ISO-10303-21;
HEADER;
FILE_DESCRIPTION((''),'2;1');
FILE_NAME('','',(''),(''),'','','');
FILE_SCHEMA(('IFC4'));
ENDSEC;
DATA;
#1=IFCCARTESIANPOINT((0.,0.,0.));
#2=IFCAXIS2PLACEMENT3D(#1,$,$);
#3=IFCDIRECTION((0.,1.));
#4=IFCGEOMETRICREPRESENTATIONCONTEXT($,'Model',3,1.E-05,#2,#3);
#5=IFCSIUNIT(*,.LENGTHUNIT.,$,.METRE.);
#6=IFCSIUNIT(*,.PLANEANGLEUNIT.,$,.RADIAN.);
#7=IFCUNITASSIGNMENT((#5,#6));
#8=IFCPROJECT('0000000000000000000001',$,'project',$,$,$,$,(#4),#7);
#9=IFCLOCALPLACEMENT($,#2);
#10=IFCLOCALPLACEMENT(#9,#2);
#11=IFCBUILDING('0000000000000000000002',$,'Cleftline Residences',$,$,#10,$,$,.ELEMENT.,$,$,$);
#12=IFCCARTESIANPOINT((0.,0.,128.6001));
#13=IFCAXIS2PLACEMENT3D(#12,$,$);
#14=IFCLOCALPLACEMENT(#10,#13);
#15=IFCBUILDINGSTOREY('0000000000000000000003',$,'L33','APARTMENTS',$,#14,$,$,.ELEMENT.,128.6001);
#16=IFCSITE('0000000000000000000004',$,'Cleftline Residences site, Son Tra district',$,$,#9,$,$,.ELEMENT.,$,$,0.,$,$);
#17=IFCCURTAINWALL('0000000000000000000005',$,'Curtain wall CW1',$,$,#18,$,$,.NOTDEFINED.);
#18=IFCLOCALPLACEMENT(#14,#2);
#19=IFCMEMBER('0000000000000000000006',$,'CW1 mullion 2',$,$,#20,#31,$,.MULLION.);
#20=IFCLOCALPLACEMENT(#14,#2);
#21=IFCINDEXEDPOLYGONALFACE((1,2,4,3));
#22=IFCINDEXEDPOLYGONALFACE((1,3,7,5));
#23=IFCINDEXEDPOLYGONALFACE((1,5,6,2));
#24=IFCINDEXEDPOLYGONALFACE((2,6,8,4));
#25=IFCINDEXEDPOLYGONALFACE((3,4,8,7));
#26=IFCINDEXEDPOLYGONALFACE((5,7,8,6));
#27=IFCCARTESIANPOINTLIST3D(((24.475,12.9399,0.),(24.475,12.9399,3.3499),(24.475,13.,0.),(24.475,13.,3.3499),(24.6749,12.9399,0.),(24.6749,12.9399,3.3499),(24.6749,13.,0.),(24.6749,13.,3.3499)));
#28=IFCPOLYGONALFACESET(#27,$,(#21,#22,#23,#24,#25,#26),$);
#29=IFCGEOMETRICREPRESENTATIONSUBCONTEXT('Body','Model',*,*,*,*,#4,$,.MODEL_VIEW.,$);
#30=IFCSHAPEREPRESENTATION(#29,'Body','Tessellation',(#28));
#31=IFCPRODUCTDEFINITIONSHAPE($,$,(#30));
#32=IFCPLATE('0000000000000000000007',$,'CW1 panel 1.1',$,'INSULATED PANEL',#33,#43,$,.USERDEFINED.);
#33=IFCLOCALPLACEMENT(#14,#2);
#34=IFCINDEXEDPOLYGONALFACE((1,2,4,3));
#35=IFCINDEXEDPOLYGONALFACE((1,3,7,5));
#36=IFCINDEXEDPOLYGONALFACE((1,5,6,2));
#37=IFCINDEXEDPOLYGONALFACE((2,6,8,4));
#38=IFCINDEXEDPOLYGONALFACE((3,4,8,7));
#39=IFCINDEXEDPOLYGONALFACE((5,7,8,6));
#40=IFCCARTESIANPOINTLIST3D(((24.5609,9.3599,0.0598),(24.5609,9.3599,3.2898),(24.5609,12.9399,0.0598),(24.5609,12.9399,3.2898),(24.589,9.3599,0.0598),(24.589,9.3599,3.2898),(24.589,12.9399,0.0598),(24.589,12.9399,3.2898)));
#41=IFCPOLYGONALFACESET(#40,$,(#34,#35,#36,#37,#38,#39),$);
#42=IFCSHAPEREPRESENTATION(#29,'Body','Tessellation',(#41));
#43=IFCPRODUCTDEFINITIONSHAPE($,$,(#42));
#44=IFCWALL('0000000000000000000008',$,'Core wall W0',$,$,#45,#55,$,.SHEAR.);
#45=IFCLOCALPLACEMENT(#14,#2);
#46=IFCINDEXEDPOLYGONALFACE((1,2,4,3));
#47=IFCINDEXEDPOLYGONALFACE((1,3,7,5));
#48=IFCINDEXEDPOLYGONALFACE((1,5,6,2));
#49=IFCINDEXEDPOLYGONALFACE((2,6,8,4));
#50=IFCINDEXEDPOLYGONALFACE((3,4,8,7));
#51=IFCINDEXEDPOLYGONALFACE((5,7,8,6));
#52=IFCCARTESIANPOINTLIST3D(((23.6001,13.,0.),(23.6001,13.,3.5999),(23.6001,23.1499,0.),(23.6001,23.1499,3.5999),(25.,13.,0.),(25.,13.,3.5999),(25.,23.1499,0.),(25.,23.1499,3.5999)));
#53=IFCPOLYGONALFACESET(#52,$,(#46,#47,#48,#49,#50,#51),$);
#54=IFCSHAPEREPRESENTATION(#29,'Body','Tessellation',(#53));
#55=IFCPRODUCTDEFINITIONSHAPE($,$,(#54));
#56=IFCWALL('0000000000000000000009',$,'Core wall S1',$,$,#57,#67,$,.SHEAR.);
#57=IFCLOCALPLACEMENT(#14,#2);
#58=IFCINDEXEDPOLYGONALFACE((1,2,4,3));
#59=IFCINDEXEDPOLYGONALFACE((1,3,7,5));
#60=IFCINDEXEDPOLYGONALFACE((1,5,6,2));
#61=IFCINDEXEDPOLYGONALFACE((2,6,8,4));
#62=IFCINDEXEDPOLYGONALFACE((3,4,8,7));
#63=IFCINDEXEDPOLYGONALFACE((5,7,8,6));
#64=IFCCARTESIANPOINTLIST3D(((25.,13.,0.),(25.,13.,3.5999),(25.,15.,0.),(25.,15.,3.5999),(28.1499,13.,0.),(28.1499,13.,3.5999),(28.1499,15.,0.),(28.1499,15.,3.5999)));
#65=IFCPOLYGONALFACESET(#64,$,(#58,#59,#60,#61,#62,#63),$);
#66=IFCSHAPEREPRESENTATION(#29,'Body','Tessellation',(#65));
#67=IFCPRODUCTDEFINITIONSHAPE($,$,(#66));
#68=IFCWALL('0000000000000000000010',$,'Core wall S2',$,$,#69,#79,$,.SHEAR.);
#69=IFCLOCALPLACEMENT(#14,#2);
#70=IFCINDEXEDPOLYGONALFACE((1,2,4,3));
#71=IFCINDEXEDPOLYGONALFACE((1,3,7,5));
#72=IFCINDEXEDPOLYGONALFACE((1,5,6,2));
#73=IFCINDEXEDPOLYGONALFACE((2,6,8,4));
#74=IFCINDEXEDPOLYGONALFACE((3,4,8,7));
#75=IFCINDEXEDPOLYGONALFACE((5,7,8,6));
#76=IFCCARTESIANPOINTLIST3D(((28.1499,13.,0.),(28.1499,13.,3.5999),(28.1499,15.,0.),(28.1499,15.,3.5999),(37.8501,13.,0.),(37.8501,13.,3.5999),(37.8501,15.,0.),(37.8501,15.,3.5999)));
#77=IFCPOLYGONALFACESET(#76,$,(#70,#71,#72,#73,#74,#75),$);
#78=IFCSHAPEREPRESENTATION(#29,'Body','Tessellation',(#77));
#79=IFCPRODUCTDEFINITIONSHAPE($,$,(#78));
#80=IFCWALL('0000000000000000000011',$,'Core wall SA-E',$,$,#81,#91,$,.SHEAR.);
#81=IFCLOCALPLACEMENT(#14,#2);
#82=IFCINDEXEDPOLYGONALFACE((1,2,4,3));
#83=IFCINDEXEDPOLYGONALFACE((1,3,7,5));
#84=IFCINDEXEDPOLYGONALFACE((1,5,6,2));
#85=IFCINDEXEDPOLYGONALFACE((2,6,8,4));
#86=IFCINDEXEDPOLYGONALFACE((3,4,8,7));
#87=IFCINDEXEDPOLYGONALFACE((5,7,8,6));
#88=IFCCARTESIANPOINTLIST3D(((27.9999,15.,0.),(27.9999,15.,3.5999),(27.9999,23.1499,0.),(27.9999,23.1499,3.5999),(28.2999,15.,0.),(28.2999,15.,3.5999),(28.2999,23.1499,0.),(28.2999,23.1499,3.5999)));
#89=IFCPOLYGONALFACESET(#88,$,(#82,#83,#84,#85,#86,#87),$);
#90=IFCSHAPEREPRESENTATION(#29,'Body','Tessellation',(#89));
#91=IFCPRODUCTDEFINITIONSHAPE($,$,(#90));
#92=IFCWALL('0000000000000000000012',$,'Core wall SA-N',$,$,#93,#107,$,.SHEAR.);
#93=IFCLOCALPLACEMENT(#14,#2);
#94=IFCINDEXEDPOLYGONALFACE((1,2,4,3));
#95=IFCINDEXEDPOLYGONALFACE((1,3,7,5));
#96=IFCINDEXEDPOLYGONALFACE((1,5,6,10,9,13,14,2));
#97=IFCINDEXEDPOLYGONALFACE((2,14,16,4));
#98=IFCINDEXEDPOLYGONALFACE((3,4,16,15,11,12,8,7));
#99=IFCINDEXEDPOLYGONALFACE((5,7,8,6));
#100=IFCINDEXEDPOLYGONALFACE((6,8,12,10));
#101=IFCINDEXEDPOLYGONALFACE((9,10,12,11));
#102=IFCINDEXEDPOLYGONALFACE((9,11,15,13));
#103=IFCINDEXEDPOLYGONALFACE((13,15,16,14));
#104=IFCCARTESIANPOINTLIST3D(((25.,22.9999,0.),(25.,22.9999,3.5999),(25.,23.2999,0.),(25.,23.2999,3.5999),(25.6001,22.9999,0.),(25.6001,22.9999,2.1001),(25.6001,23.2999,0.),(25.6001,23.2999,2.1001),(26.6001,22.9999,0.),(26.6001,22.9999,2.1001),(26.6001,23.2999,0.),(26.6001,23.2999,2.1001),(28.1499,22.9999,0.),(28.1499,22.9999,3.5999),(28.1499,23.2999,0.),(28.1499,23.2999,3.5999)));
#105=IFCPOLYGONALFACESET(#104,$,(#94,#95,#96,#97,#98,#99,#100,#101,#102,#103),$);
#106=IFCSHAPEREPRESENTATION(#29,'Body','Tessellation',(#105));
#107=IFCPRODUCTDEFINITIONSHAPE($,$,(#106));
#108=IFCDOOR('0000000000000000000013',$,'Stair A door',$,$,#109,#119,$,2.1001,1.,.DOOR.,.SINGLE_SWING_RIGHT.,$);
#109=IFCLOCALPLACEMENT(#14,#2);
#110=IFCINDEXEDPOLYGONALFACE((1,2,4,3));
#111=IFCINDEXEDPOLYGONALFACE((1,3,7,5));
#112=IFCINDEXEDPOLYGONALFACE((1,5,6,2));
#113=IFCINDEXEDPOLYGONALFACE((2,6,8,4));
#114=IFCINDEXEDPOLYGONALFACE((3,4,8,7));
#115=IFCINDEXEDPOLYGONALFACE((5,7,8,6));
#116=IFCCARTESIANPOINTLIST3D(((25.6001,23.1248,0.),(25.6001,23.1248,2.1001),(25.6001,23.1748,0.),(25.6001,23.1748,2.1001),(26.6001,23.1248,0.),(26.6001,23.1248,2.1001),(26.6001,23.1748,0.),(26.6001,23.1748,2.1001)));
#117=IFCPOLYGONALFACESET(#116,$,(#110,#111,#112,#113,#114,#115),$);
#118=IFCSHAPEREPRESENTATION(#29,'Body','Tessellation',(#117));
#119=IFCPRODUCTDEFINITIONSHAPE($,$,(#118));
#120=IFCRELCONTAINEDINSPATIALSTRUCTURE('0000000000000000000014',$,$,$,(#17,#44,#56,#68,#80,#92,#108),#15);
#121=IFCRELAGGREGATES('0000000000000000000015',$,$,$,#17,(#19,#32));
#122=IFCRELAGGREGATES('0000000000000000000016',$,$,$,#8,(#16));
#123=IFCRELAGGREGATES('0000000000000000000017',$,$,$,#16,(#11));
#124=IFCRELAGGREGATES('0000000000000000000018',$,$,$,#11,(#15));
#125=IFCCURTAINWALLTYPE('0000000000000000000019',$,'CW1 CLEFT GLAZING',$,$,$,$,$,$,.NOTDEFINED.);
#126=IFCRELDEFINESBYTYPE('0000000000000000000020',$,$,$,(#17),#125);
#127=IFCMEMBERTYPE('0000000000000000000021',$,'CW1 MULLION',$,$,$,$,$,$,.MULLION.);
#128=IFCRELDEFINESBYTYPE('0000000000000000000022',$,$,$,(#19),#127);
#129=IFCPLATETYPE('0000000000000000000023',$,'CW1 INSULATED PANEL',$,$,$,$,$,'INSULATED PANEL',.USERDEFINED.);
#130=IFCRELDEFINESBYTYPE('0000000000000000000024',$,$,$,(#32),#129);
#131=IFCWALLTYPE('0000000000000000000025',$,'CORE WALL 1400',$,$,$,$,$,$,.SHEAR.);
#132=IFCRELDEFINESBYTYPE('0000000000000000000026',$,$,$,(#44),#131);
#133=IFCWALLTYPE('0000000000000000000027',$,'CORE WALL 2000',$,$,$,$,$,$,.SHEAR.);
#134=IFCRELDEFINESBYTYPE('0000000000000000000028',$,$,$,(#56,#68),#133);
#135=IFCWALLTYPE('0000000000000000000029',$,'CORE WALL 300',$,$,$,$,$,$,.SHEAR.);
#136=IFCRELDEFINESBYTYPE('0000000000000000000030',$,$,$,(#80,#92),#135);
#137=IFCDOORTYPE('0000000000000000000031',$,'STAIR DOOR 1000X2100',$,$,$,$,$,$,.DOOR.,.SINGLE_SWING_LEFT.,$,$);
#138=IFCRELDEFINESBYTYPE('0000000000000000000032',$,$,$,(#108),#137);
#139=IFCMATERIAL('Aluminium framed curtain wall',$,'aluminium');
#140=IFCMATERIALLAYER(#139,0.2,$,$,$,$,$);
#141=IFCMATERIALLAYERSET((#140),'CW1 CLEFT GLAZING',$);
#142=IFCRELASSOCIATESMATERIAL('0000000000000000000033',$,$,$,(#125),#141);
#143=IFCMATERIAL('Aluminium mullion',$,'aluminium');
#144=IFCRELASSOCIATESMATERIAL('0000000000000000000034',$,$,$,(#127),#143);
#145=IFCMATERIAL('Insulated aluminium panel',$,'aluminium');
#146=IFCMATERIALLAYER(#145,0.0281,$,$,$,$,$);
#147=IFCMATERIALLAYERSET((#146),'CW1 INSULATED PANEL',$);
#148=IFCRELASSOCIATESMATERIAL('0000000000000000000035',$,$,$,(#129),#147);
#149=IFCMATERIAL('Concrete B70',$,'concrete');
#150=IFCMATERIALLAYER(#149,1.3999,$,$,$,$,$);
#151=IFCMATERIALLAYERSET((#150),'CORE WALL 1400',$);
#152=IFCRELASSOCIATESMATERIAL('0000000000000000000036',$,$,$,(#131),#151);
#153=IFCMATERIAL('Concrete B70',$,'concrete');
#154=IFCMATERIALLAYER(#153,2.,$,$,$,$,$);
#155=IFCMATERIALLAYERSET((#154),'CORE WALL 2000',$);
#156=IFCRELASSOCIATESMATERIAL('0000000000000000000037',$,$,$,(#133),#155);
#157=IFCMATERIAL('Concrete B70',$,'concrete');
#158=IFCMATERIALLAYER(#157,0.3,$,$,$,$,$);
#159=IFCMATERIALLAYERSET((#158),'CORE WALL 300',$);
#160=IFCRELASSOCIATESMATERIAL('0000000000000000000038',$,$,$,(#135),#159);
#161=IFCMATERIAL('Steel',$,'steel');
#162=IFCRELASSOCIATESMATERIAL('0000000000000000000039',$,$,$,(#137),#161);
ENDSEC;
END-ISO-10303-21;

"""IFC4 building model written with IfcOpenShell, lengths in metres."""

from ifc_helpers import new_model, si_unit, direction, frame, frame_2d, origin, origin_2d, place, context, subcontext, project, spatial, rectangle, extrude, material, layer, layer_set, material_profile, profile_set, type_object, element, fill, aggregate, save


model = new_model("IFC4")

# Units and contexts
model_context = context("Model", 3, precision=1e-05, world=origin(), true_north=direction((0.0, 1.0)))
body_context = subcontext(model_context, "Body", "Model", "MODEL_VIEW")
ifc_project = project(units=[si_unit("LENGTHUNIT", "METRE"), si_unit("PLANEANGLEUNIT", "RADIAN")], contexts=[model_context])

# Site, building, storey
site_placement = place(None, origin())
site = spatial("IfcSite", under=ifc_project, at=site_placement, Name="Cleftline Residences site, Son Tra district", CompositionType="ELEMENT", RefElevation=0.0)
building_placement = place(site_placement, origin())
building = spatial("IfcBuilding", under=site, at=building_placement, Name="Cleftline Residences", CompositionType="ELEMENT")
storey_placement = place(building_placement, frame((0.0, 0.0, 128.6001)))
storey = spatial("IfcBuildingStorey", under=building, at=storey_placement, Name="L33", Description="APARTMENTS", CompositionType="ELEMENT", Elevation=128.6001)

# Curtain wall, member, plate
ifc_material_1 = material(Name="Aluminium framed curtain wall", Category="aluminium")
ifc_layer_1 = layer(ifc_material_1, 0.2)
ifc_layer_set_1 = layer_set([ifc_layer_1], Name="CW1 CLEFT GLAZING")
curtain_wall_type = type_object("IfcCurtainWallType", Name="CW1 CLEFT GLAZING", PredefinedType="NOTDEFINED", material=ifc_layer_set_1)
curtain_wall_placement = place(storey_placement, origin())
curtain_wall = element("IfcCurtainWall", 1, at=curtain_wall_placement, inside=storey, type_object=curtain_wall_type, Name="Curtain wall CW1", PredefinedType="NOTDEFINED")
ifc_material_2 = material(Name="Aluminium mullion", Category="aluminium")
ifc_material_profile = material_profile(ifc_material_2, rectangle(XDim=0.2, YDim=0.0601, at=origin_2d()))
ifc_profile_set = profile_set([ifc_material_profile], Name="Aluminium mullion")
member_type = type_object("IfcMemberType", Name="CW1 MULLION", PredefinedType="MULLION", material=ifc_profile_set)
member_placement = place(storey_placement, frame((24.575, 12.97, 0.0), z_axis=(0.0, 0.0, 1.0), x_axis=(-1.0, 0.0, 0.0)))
member = element("IfcMember", 2, at=member_placement, type_object=member_type, Name="CW1 mullion 2", PredefinedType="MULLION", context=body_context, shape_type="SweptSolid", body=[
    extrude(rectangle(XDim=0.2, YDim=0.0601, at=origin_2d()), origin(), (0.0, 0.0, 1.0), 3.3499),
])
ifc_material_3 = material(Name="Insulated aluminium panel", Category="aluminium")
ifc_layer_2 = layer(ifc_material_3, 0.0281)
ifc_layer_set_2 = layer_set([ifc_layer_2], Name="CW1 INSULATED PANEL")
plate_type = type_object("IfcPlateType", Name="CW1 INSULATED PANEL", ElementType="INSULATED PANEL", PredefinedType="USERDEFINED", material=ifc_layer_set_2)
plate_placement = place(storey_placement, frame((24.575, 11.1499, 0.0598), z_axis=(0.0, 0.0, 1.0), x_axis=(0.0, 1.0, 0.0)))
plate = element("IfcPlate", 3, at=plate_placement, type_object=plate_type, Name="CW1 panel 1.1", ObjectType="INSULATED PANEL", PredefinedType="USERDEFINED", context=body_context, shape_type="SweptSolid", body=[
    extrude(rectangle(XDim=3.5801, YDim=0.0281, at=origin_2d()), origin(), (0.0, 0.0, 1.0), 3.23),
])
aggregate(curtain_wall, [member, plate])

# Wall
ifc_material_4 = material(Name="Concrete B70", Category="concrete")
ifc_layer_3 = layer(ifc_material_4, 1.3999)
ifc_layer_set_3 = layer_set([ifc_layer_3], Name="CORE WALL 1400")
wall_type_1 = type_object("IfcWallType", Name="CORE WALL 1400", PredefinedType="SHEAR", material=ifc_layer_set_3)
wall_1_placement = place(storey_placement, frame((24.3, 13.0, 0.0), z_axis=(0.0, 0.0, 1.0), x_axis=(0.0, 1.0, 0.0)))
element("IfcWall", 4, at=wall_1_placement, inside=storey, type_object=wall_type_1, Name="Core wall W0", PredefinedType="SHEAR", context=body_context, shape_type="SweptSolid", body=[
    extrude(rectangle(XDim=10.1499, YDim=1.3999, at=frame_2d((5.075, 0.0))), origin(), (0.0, 0.0, 1.0), 3.5999),
])

# Walls
ifc_material_5 = material(Name="Concrete B70", Category="concrete")
ifc_layer_4 = layer(ifc_material_5, 2.0)
ifc_layer_set_4 = layer_set([ifc_layer_4], Name="CORE WALL 2000")
wall_type_2 = type_object("IfcWallType", Name="CORE WALL 2000", PredefinedType="SHEAR", material=ifc_layer_set_4)
wall_2_placement = place(storey_placement, frame((25.0, 14.0, 0.0), z_axis=(0.0, 0.0, 1.0), x_axis=(1.0, 0.0, 0.0)))
element("IfcWall", 5, at=wall_2_placement, inside=storey, type_object=wall_type_2, Name="Core wall S1", PredefinedType="SHEAR", context=body_context, shape_type="SweptSolid", body=[
    extrude(rectangle(XDim=3.1499, YDim=2.0, at=frame_2d((1.575, 0.0))), origin(), (0.0, 0.0, 1.0), 3.5999),
])
wall_3_placement = place(storey_placement, frame((28.1499, 14.0, 0.0), z_axis=(0.0, 0.0, 1.0), x_axis=(1.0, 0.0, 0.0)))
element("IfcWall", 6, at=wall_3_placement, inside=storey, type_object=wall_type_2, Name="Core wall S2", PredefinedType="SHEAR", context=body_context, shape_type="SweptSolid", body=[
    extrude(rectangle(XDim=9.7002, YDim=2.0, at=frame_2d((4.8501, 0.0))), origin(), (0.0, 0.0, 1.0), 3.5999),
])
ifc_material_6 = material(Name="Concrete B70", Category="concrete")
ifc_layer_5 = layer(ifc_material_6, 0.3)
ifc_layer_set_5 = layer_set([ifc_layer_5], Name="CORE WALL 300")
wall_type_3 = type_object("IfcWallType", Name="CORE WALL 300", PredefinedType="SHEAR", material=ifc_layer_set_5)
wall_4_placement = place(storey_placement, frame((28.1499, 15.0, 0.0), z_axis=(0.0, 0.0, 1.0), x_axis=(0.0, 1.0, 0.0)))
element("IfcWall", 7, at=wall_4_placement, inside=storey, type_object=wall_type_3, Name="Core wall SA-E", PredefinedType="SHEAR", context=body_context, shape_type="SweptSolid", body=[
    extrude(rectangle(XDim=8.1499, YDim=0.3, at=frame_2d((4.075, 0.0))), origin(), (0.0, 0.0, 1.0), 3.5999),
])

# Wall, opening, door
wall_5_placement = place(storey_placement, frame((25.0, 23.1499, 0.0), z_axis=(0.0, 0.0, 1.0), x_axis=(1.0, 0.0, 0.0)))
wall_5 = element("IfcWall", 8, at=wall_5_placement, inside=storey, type_object=wall_type_3, Name="Core wall SA-N", PredefinedType="SHEAR", context=body_context, shape_type="SweptSolid", body=[
    extrude(rectangle(XDim=3.1499, YDim=0.3, at=frame_2d((1.575, 0.0))), origin(), (0.0, 0.0, 1.0), 3.5999),
])
opening_1_placement = place(wall_5_placement, frame((0.6001, 0.0, 0.0)))
opening_1 = element("IfcOpeningElement", 9, at=opening_1_placement, cuts=wall_5, PredefinedType="OPENING", context=body_context, shape_type="SweptSolid", body=[
    extrude(rectangle(XDim=1.0, YDim=2.1001, at=frame_2d((0.5, 1.05))), frame((0.0, 0.1599, 0.0), z_axis=(0.0, -1.0, 0.0), x_axis=(1.0, 0.0, 0.0)), (0.0, 0.0, 1.0), 0.3201),
])
ifc_material_7 = material(Name="Steel", Category="steel")
door_type_1 = type_object("IfcDoorType", Name="STAIR DOOR 1000X2100", OperationType="SINGLE_SWING_LEFT", PredefinedType="DOOR", material=ifc_material_7)
door_1_placement = place(opening_1_placement, origin())
door_1 = element("IfcDoor", 10, at=door_1_placement, inside=storey, type_object=door_type_1, Name="Stair A door", OperationType="SINGLE_SWING_RIGHT", OverallHeight=2.1001, OverallWidth=1.0, PredefinedType="DOOR", context=body_context, shape_type="SweptSolid", body=[
    extrude(rectangle(XDim=1.0, YDim=2.1001, at=frame_2d((0.5, 1.05))), frame((0.0, 0.0249, 0.0), z_axis=(0.0, -1.0, 0.0), x_axis=(1.0, 0.0, 0.0)), (0.0, 0.0, 1.0), 0.05),
])
fill(opening_1, door_1)

save(model, "model.ifc")
